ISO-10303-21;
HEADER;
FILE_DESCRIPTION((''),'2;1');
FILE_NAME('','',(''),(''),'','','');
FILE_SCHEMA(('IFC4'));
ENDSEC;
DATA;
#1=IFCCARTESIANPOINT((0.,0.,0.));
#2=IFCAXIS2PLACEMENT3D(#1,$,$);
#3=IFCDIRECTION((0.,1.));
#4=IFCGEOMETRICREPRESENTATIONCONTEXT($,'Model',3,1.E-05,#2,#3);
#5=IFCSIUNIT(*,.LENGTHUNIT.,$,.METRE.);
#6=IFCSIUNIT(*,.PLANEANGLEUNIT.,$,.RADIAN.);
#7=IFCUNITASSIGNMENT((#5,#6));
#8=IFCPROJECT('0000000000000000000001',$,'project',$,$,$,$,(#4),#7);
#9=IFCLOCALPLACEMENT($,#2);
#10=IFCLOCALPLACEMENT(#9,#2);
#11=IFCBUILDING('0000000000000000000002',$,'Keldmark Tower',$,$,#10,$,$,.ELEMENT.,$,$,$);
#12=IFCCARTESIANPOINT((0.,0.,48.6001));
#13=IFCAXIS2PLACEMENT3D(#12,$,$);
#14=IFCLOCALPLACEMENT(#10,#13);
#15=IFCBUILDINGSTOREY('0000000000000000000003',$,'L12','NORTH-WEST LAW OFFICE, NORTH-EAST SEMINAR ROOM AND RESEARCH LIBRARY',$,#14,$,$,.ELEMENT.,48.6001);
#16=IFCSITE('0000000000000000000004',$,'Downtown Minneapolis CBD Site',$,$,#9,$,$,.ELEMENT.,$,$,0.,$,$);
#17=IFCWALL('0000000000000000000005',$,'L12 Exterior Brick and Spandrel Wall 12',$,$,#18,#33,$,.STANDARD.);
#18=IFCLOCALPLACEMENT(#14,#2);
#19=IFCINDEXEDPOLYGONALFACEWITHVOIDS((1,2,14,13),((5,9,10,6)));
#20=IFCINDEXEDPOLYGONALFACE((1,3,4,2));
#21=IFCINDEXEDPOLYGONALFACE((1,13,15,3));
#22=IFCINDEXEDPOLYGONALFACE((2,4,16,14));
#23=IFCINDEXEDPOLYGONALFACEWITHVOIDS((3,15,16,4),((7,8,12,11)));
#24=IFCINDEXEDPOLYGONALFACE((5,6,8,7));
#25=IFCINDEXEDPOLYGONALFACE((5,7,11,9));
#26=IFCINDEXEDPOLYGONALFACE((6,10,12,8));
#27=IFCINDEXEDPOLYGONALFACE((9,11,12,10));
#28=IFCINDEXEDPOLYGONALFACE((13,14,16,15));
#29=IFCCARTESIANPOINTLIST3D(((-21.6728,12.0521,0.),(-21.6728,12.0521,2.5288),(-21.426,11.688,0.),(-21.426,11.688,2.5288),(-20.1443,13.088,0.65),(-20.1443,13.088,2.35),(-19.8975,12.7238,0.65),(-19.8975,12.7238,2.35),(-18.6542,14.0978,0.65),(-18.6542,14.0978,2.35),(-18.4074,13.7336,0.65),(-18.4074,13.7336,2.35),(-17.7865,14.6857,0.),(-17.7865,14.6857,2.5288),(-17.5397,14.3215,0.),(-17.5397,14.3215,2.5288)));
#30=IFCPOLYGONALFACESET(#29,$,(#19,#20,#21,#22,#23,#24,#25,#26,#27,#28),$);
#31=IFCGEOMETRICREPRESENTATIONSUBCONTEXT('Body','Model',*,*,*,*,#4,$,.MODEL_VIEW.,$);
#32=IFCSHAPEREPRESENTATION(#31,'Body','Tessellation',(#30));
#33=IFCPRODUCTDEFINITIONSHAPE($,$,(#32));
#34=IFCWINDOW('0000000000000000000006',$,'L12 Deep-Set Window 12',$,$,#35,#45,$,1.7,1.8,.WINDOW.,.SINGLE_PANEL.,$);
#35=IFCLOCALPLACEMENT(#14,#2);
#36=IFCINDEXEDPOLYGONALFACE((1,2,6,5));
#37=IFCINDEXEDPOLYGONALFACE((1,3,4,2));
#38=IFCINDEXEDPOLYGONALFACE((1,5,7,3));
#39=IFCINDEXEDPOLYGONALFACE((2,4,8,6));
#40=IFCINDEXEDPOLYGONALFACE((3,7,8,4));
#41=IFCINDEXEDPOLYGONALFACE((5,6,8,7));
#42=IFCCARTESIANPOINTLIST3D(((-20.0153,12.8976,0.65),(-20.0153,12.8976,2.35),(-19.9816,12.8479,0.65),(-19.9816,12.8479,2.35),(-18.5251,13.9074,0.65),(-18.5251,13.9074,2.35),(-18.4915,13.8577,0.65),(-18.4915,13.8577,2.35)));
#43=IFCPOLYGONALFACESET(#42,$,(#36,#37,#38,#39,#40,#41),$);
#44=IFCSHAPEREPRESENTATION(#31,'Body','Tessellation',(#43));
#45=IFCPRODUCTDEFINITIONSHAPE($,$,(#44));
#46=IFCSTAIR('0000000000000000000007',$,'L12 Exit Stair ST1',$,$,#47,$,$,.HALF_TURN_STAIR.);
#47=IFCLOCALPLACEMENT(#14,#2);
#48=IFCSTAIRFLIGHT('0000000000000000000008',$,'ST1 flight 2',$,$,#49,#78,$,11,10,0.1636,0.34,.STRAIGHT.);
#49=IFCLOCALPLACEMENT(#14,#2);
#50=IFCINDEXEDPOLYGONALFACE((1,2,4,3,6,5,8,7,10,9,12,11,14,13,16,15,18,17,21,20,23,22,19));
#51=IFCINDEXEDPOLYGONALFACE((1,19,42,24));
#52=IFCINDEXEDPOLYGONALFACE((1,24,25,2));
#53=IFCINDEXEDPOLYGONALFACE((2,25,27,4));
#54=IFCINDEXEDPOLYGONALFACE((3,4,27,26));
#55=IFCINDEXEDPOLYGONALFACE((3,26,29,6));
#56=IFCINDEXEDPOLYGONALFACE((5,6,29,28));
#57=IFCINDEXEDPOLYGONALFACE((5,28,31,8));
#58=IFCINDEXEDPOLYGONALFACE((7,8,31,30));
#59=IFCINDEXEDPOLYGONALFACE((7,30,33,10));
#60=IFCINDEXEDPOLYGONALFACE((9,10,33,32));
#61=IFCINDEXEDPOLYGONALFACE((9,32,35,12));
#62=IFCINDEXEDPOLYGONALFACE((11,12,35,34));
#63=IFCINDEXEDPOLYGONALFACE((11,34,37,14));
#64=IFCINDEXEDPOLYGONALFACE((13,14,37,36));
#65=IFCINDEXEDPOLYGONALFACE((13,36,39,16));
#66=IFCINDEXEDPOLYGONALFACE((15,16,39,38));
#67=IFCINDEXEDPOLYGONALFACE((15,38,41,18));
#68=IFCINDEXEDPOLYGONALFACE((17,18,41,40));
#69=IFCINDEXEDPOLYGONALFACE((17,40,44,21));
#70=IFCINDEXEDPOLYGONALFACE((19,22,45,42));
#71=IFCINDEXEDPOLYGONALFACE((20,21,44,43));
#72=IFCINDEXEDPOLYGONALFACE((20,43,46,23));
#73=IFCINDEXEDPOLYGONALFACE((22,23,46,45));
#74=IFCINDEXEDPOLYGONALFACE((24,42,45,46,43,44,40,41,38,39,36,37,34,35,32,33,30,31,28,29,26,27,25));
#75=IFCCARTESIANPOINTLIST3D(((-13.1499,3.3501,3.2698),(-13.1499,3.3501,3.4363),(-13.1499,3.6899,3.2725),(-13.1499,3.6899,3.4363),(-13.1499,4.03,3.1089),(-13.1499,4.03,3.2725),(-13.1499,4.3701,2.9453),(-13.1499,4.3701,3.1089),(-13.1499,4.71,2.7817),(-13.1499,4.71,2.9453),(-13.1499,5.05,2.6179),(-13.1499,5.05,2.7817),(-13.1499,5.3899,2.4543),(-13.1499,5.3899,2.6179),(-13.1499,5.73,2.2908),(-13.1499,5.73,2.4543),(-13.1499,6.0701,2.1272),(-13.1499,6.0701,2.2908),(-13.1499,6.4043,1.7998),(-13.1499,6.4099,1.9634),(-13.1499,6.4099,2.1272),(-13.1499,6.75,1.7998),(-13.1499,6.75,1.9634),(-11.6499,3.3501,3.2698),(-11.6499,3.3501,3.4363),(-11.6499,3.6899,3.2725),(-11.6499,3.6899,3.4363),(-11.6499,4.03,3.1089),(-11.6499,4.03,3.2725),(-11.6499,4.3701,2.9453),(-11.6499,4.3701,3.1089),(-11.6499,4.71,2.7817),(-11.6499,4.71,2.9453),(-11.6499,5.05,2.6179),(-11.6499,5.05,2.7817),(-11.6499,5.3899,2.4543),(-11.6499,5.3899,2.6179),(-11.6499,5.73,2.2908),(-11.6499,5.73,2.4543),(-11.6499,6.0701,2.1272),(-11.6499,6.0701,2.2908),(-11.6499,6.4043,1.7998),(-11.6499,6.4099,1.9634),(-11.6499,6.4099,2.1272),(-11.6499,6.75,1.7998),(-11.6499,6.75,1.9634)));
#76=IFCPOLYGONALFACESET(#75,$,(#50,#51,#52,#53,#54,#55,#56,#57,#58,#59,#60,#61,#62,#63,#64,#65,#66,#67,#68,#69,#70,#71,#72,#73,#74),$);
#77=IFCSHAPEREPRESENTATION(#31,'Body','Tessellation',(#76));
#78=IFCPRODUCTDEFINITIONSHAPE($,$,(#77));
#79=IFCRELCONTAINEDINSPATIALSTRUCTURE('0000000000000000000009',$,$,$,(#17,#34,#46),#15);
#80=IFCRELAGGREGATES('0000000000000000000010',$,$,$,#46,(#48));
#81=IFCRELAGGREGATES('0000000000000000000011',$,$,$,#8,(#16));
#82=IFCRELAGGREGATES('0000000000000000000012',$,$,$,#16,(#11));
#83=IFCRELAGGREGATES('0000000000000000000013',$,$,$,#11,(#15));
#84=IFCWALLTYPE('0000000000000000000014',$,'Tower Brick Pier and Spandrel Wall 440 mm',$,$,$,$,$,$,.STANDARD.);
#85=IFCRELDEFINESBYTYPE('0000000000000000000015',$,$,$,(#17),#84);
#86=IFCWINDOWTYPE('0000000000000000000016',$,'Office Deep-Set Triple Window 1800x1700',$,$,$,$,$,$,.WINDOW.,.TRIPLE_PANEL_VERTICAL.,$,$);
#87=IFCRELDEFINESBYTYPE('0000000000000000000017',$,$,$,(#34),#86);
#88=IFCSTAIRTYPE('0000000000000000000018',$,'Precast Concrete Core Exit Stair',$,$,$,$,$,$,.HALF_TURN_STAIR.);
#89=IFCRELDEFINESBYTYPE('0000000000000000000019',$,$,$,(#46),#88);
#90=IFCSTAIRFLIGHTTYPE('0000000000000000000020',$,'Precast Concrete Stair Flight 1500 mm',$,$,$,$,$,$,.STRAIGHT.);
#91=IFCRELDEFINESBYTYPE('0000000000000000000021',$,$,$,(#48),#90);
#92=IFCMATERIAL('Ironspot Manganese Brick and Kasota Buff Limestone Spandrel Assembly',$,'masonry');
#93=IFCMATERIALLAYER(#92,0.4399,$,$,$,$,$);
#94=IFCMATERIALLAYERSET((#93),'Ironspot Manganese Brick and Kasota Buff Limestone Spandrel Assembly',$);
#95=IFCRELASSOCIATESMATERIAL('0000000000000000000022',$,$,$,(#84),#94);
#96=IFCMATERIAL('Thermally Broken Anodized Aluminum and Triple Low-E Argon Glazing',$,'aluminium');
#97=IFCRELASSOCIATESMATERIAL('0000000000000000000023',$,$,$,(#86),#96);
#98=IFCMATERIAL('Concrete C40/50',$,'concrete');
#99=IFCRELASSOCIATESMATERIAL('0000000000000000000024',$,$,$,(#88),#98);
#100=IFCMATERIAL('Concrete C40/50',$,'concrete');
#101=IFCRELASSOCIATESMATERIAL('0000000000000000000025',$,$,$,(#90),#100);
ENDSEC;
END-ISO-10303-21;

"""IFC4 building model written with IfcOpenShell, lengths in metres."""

from ifc_helpers import new_model, si_unit, direction, frame, frame_2d, origin, place, context, subcontext, project, spatial, polyline, rectangle, outline, extrude, material, layer, layer_set, type_object, element, fill, aggregate, save


model = new_model("IFC4")

# Units and contexts
model_context = context("Model", 3, precision=1e-05, world=origin(), true_north=direction((0.0, 1.0)))
body_context = subcontext(model_context, "Body", "Model", "MODEL_VIEW")
ifc_project = project(units=[si_unit("LENGTHUNIT", "METRE"), si_unit("PLANEANGLEUNIT", "RADIAN")], contexts=[model_context])

# Site, building, storey
site_placement = place(None, origin())
site = spatial("IfcSite", under=ifc_project, at=site_placement, Name="Downtown Minneapolis CBD Site", CompositionType="ELEMENT", RefElevation=0.0)
building_placement = place(site_placement, origin())
building = spatial("IfcBuilding", under=site, at=building_placement, Name="Keldmark Tower", CompositionType="ELEMENT")
storey_placement = place(building_placement, frame((0.0, 0.0, 48.6001)))
storey = spatial("IfcBuildingStorey", under=building, at=storey_placement, Name="L12", Description="NORTH-WEST LAW OFFICE, NORTH-EAST SEMINAR ROOM AND RESEARCH LIBRARY", CompositionType="ELEMENT", Elevation=48.6001)

# Wall, opening, window
ifc_material_1 = material(Name="Ironspot Manganese Brick and Kasota Buff Limestone Spandrel Assembly", Category="masonry")
ifc_layer_1 = layer(ifc_material_1, 0.4399)
ifc_layer_set_1 = layer_set([ifc_layer_1], Name="Ironspot Manganese Brick and Kasota Buff Limestone Spandrel Assembly")
wall_type_1 = type_object("IfcWallType", Name="Tower Brick Pier and Spandrel Wall 440 mm", PredefinedType="STANDARD", material=ifc_layer_set_1)
ifc_material_2 = material(Name="Thermally Broken Anodized Aluminum and Triple Low-E Argon Glazing", Category="aluminium")
window_type = type_object("IfcWindowType", Name="Office Deep-Set Triple Window 1800x1700", PartitioningType="TRIPLE_PANEL_VERTICAL", PredefinedType="WINDOW", material=ifc_material_2)
wall_1_placement = place(storey_placement, frame((-21.5493, 11.8701, 0.0), z_axis=(0.0, 0.0, 1.0), x_axis=(0.827826, 0.560985, 0.0)))
wall_1 = element("IfcWall", 1, at=wall_1_placement, inside=storey, type_object=wall_type_1, Name="L12 Exterior Brick and Spandrel Wall 12", PredefinedType="STANDARD", context=body_context, shape_type="SweptSolid", body=[
    extrude(rectangle(XDim=4.6946, YDim=0.4399, at=frame_2d((2.3472, 0.0))), origin(), (0.0, 0.0, 1.0), 2.5288),
])
opening_1_placement = place(wall_1_placement, frame((1.8464, 0.0, 0.6499)))
opening_1 = element("IfcOpeningElement", 2, at=opening_1_placement, cuts=wall_1, PredefinedType="OPENING", context=body_context, shape_type="SweptSolid", body=[
    extrude(rectangle(XDim=1.8, YDim=1.7, at=frame_2d((0.8999, 0.8501))), frame((0.0, 0.23, 0.0), z_axis=(0.0, -1.0, 0.0), x_axis=(1.0, 0.0, 0.0)), (0.0, 0.0, 1.0), 0.46),
])
window_1_placement = place(opening_1_placement, origin())
window_1 = element("IfcWindow", 3, at=window_1_placement, inside=storey, type_object=window_type, Name="L12 Deep-Set Window 12", OverallHeight=1.7, OverallWidth=1.8, PartitioningType="SINGLE_PANEL", PredefinedType="WINDOW", context=body_context, shape_type="SweptSolid", body=[
    extrude(rectangle(XDim=1.8, YDim=1.7, at=frame_2d((0.8999, 0.8501))), frame((0.0, -0.01, 0.0), z_axis=(0.0, -1.0, 0.0), x_axis=(1.0, 0.0, 0.0)), (0.0, 0.0, 1.0), 0.0601),
])
fill(opening_1, window_1)

# Stair, stair flight
ifc_material_3 = material(Name="Concrete C40/50", Category="concrete")
stair_type = type_object("IfcStairType", Name="Precast Concrete Core Exit Stair", PredefinedType="HALF_TURN_STAIR", material=ifc_material_3)
stair_placement = place(storey_placement, origin())
stair = element("IfcStair", 4, at=stair_placement, inside=storey, type_object=stair_type, Name="L12 Exit Stair ST1", PredefinedType="HALF_TURN_STAIR")
ifc_material_4 = material(Name="Concrete C40/50", Category="concrete")
stair_flight_type = type_object("IfcStairFlightType", Name="Precast Concrete Stair Flight 1500 mm", PredefinedType="STRAIGHT", material=ifc_material_4)
stair_flight_placement = place(storey_placement, frame((-12.3999, 6.75, 1.7998), z_axis=(0.0, 0.0, 1.0), x_axis=(0.0, -1.0, 0.0)))
stair_flight = element("IfcStairFlight", 5, at=stair_flight_placement, type_object=stair_flight_type, Name="ST1 flight 2", NumberOfRisers=11, NumberOfTreads=10, PredefinedType="STRAIGHT", RiserHeight=0.1636, TreadLength=0.34, context=body_context, shape_type="SweptSolid", body=[
    extrude(outline(polyline([(0.0, 0.0), (0.0, 0.1636), (0.3401, 0.1636), (0.3401, 0.3274), (0.6799, 0.3274), (0.6799, 0.491), (1.02, 0.491), (1.02, 0.6545), (1.3601, 0.6545), (1.3601, 0.8181), (1.7, 0.8181), (1.7, 0.9819), (2.04, 0.9819), (2.04, 1.1455), (2.3799, 1.1455), (2.3799, 1.3091), (2.72, 1.3091), (2.72, 1.4727), (3.0601, 1.4727), (3.0601, 1.6365), (3.3999, 1.6365), (3.3999, 1.8), (3.3999, 1.47), (0.3457, 0.0), (0.0, 0.0)])), frame((0.0, 0.75, 0.0), z_axis=(0.0, -1.0, 0.0), x_axis=(1.0, 0.0, 0.0)), (0.0, 0.0, 1.0), 1.5),
])
aggregate(stair, [stair_flight])

save(model, "model.ifc")
